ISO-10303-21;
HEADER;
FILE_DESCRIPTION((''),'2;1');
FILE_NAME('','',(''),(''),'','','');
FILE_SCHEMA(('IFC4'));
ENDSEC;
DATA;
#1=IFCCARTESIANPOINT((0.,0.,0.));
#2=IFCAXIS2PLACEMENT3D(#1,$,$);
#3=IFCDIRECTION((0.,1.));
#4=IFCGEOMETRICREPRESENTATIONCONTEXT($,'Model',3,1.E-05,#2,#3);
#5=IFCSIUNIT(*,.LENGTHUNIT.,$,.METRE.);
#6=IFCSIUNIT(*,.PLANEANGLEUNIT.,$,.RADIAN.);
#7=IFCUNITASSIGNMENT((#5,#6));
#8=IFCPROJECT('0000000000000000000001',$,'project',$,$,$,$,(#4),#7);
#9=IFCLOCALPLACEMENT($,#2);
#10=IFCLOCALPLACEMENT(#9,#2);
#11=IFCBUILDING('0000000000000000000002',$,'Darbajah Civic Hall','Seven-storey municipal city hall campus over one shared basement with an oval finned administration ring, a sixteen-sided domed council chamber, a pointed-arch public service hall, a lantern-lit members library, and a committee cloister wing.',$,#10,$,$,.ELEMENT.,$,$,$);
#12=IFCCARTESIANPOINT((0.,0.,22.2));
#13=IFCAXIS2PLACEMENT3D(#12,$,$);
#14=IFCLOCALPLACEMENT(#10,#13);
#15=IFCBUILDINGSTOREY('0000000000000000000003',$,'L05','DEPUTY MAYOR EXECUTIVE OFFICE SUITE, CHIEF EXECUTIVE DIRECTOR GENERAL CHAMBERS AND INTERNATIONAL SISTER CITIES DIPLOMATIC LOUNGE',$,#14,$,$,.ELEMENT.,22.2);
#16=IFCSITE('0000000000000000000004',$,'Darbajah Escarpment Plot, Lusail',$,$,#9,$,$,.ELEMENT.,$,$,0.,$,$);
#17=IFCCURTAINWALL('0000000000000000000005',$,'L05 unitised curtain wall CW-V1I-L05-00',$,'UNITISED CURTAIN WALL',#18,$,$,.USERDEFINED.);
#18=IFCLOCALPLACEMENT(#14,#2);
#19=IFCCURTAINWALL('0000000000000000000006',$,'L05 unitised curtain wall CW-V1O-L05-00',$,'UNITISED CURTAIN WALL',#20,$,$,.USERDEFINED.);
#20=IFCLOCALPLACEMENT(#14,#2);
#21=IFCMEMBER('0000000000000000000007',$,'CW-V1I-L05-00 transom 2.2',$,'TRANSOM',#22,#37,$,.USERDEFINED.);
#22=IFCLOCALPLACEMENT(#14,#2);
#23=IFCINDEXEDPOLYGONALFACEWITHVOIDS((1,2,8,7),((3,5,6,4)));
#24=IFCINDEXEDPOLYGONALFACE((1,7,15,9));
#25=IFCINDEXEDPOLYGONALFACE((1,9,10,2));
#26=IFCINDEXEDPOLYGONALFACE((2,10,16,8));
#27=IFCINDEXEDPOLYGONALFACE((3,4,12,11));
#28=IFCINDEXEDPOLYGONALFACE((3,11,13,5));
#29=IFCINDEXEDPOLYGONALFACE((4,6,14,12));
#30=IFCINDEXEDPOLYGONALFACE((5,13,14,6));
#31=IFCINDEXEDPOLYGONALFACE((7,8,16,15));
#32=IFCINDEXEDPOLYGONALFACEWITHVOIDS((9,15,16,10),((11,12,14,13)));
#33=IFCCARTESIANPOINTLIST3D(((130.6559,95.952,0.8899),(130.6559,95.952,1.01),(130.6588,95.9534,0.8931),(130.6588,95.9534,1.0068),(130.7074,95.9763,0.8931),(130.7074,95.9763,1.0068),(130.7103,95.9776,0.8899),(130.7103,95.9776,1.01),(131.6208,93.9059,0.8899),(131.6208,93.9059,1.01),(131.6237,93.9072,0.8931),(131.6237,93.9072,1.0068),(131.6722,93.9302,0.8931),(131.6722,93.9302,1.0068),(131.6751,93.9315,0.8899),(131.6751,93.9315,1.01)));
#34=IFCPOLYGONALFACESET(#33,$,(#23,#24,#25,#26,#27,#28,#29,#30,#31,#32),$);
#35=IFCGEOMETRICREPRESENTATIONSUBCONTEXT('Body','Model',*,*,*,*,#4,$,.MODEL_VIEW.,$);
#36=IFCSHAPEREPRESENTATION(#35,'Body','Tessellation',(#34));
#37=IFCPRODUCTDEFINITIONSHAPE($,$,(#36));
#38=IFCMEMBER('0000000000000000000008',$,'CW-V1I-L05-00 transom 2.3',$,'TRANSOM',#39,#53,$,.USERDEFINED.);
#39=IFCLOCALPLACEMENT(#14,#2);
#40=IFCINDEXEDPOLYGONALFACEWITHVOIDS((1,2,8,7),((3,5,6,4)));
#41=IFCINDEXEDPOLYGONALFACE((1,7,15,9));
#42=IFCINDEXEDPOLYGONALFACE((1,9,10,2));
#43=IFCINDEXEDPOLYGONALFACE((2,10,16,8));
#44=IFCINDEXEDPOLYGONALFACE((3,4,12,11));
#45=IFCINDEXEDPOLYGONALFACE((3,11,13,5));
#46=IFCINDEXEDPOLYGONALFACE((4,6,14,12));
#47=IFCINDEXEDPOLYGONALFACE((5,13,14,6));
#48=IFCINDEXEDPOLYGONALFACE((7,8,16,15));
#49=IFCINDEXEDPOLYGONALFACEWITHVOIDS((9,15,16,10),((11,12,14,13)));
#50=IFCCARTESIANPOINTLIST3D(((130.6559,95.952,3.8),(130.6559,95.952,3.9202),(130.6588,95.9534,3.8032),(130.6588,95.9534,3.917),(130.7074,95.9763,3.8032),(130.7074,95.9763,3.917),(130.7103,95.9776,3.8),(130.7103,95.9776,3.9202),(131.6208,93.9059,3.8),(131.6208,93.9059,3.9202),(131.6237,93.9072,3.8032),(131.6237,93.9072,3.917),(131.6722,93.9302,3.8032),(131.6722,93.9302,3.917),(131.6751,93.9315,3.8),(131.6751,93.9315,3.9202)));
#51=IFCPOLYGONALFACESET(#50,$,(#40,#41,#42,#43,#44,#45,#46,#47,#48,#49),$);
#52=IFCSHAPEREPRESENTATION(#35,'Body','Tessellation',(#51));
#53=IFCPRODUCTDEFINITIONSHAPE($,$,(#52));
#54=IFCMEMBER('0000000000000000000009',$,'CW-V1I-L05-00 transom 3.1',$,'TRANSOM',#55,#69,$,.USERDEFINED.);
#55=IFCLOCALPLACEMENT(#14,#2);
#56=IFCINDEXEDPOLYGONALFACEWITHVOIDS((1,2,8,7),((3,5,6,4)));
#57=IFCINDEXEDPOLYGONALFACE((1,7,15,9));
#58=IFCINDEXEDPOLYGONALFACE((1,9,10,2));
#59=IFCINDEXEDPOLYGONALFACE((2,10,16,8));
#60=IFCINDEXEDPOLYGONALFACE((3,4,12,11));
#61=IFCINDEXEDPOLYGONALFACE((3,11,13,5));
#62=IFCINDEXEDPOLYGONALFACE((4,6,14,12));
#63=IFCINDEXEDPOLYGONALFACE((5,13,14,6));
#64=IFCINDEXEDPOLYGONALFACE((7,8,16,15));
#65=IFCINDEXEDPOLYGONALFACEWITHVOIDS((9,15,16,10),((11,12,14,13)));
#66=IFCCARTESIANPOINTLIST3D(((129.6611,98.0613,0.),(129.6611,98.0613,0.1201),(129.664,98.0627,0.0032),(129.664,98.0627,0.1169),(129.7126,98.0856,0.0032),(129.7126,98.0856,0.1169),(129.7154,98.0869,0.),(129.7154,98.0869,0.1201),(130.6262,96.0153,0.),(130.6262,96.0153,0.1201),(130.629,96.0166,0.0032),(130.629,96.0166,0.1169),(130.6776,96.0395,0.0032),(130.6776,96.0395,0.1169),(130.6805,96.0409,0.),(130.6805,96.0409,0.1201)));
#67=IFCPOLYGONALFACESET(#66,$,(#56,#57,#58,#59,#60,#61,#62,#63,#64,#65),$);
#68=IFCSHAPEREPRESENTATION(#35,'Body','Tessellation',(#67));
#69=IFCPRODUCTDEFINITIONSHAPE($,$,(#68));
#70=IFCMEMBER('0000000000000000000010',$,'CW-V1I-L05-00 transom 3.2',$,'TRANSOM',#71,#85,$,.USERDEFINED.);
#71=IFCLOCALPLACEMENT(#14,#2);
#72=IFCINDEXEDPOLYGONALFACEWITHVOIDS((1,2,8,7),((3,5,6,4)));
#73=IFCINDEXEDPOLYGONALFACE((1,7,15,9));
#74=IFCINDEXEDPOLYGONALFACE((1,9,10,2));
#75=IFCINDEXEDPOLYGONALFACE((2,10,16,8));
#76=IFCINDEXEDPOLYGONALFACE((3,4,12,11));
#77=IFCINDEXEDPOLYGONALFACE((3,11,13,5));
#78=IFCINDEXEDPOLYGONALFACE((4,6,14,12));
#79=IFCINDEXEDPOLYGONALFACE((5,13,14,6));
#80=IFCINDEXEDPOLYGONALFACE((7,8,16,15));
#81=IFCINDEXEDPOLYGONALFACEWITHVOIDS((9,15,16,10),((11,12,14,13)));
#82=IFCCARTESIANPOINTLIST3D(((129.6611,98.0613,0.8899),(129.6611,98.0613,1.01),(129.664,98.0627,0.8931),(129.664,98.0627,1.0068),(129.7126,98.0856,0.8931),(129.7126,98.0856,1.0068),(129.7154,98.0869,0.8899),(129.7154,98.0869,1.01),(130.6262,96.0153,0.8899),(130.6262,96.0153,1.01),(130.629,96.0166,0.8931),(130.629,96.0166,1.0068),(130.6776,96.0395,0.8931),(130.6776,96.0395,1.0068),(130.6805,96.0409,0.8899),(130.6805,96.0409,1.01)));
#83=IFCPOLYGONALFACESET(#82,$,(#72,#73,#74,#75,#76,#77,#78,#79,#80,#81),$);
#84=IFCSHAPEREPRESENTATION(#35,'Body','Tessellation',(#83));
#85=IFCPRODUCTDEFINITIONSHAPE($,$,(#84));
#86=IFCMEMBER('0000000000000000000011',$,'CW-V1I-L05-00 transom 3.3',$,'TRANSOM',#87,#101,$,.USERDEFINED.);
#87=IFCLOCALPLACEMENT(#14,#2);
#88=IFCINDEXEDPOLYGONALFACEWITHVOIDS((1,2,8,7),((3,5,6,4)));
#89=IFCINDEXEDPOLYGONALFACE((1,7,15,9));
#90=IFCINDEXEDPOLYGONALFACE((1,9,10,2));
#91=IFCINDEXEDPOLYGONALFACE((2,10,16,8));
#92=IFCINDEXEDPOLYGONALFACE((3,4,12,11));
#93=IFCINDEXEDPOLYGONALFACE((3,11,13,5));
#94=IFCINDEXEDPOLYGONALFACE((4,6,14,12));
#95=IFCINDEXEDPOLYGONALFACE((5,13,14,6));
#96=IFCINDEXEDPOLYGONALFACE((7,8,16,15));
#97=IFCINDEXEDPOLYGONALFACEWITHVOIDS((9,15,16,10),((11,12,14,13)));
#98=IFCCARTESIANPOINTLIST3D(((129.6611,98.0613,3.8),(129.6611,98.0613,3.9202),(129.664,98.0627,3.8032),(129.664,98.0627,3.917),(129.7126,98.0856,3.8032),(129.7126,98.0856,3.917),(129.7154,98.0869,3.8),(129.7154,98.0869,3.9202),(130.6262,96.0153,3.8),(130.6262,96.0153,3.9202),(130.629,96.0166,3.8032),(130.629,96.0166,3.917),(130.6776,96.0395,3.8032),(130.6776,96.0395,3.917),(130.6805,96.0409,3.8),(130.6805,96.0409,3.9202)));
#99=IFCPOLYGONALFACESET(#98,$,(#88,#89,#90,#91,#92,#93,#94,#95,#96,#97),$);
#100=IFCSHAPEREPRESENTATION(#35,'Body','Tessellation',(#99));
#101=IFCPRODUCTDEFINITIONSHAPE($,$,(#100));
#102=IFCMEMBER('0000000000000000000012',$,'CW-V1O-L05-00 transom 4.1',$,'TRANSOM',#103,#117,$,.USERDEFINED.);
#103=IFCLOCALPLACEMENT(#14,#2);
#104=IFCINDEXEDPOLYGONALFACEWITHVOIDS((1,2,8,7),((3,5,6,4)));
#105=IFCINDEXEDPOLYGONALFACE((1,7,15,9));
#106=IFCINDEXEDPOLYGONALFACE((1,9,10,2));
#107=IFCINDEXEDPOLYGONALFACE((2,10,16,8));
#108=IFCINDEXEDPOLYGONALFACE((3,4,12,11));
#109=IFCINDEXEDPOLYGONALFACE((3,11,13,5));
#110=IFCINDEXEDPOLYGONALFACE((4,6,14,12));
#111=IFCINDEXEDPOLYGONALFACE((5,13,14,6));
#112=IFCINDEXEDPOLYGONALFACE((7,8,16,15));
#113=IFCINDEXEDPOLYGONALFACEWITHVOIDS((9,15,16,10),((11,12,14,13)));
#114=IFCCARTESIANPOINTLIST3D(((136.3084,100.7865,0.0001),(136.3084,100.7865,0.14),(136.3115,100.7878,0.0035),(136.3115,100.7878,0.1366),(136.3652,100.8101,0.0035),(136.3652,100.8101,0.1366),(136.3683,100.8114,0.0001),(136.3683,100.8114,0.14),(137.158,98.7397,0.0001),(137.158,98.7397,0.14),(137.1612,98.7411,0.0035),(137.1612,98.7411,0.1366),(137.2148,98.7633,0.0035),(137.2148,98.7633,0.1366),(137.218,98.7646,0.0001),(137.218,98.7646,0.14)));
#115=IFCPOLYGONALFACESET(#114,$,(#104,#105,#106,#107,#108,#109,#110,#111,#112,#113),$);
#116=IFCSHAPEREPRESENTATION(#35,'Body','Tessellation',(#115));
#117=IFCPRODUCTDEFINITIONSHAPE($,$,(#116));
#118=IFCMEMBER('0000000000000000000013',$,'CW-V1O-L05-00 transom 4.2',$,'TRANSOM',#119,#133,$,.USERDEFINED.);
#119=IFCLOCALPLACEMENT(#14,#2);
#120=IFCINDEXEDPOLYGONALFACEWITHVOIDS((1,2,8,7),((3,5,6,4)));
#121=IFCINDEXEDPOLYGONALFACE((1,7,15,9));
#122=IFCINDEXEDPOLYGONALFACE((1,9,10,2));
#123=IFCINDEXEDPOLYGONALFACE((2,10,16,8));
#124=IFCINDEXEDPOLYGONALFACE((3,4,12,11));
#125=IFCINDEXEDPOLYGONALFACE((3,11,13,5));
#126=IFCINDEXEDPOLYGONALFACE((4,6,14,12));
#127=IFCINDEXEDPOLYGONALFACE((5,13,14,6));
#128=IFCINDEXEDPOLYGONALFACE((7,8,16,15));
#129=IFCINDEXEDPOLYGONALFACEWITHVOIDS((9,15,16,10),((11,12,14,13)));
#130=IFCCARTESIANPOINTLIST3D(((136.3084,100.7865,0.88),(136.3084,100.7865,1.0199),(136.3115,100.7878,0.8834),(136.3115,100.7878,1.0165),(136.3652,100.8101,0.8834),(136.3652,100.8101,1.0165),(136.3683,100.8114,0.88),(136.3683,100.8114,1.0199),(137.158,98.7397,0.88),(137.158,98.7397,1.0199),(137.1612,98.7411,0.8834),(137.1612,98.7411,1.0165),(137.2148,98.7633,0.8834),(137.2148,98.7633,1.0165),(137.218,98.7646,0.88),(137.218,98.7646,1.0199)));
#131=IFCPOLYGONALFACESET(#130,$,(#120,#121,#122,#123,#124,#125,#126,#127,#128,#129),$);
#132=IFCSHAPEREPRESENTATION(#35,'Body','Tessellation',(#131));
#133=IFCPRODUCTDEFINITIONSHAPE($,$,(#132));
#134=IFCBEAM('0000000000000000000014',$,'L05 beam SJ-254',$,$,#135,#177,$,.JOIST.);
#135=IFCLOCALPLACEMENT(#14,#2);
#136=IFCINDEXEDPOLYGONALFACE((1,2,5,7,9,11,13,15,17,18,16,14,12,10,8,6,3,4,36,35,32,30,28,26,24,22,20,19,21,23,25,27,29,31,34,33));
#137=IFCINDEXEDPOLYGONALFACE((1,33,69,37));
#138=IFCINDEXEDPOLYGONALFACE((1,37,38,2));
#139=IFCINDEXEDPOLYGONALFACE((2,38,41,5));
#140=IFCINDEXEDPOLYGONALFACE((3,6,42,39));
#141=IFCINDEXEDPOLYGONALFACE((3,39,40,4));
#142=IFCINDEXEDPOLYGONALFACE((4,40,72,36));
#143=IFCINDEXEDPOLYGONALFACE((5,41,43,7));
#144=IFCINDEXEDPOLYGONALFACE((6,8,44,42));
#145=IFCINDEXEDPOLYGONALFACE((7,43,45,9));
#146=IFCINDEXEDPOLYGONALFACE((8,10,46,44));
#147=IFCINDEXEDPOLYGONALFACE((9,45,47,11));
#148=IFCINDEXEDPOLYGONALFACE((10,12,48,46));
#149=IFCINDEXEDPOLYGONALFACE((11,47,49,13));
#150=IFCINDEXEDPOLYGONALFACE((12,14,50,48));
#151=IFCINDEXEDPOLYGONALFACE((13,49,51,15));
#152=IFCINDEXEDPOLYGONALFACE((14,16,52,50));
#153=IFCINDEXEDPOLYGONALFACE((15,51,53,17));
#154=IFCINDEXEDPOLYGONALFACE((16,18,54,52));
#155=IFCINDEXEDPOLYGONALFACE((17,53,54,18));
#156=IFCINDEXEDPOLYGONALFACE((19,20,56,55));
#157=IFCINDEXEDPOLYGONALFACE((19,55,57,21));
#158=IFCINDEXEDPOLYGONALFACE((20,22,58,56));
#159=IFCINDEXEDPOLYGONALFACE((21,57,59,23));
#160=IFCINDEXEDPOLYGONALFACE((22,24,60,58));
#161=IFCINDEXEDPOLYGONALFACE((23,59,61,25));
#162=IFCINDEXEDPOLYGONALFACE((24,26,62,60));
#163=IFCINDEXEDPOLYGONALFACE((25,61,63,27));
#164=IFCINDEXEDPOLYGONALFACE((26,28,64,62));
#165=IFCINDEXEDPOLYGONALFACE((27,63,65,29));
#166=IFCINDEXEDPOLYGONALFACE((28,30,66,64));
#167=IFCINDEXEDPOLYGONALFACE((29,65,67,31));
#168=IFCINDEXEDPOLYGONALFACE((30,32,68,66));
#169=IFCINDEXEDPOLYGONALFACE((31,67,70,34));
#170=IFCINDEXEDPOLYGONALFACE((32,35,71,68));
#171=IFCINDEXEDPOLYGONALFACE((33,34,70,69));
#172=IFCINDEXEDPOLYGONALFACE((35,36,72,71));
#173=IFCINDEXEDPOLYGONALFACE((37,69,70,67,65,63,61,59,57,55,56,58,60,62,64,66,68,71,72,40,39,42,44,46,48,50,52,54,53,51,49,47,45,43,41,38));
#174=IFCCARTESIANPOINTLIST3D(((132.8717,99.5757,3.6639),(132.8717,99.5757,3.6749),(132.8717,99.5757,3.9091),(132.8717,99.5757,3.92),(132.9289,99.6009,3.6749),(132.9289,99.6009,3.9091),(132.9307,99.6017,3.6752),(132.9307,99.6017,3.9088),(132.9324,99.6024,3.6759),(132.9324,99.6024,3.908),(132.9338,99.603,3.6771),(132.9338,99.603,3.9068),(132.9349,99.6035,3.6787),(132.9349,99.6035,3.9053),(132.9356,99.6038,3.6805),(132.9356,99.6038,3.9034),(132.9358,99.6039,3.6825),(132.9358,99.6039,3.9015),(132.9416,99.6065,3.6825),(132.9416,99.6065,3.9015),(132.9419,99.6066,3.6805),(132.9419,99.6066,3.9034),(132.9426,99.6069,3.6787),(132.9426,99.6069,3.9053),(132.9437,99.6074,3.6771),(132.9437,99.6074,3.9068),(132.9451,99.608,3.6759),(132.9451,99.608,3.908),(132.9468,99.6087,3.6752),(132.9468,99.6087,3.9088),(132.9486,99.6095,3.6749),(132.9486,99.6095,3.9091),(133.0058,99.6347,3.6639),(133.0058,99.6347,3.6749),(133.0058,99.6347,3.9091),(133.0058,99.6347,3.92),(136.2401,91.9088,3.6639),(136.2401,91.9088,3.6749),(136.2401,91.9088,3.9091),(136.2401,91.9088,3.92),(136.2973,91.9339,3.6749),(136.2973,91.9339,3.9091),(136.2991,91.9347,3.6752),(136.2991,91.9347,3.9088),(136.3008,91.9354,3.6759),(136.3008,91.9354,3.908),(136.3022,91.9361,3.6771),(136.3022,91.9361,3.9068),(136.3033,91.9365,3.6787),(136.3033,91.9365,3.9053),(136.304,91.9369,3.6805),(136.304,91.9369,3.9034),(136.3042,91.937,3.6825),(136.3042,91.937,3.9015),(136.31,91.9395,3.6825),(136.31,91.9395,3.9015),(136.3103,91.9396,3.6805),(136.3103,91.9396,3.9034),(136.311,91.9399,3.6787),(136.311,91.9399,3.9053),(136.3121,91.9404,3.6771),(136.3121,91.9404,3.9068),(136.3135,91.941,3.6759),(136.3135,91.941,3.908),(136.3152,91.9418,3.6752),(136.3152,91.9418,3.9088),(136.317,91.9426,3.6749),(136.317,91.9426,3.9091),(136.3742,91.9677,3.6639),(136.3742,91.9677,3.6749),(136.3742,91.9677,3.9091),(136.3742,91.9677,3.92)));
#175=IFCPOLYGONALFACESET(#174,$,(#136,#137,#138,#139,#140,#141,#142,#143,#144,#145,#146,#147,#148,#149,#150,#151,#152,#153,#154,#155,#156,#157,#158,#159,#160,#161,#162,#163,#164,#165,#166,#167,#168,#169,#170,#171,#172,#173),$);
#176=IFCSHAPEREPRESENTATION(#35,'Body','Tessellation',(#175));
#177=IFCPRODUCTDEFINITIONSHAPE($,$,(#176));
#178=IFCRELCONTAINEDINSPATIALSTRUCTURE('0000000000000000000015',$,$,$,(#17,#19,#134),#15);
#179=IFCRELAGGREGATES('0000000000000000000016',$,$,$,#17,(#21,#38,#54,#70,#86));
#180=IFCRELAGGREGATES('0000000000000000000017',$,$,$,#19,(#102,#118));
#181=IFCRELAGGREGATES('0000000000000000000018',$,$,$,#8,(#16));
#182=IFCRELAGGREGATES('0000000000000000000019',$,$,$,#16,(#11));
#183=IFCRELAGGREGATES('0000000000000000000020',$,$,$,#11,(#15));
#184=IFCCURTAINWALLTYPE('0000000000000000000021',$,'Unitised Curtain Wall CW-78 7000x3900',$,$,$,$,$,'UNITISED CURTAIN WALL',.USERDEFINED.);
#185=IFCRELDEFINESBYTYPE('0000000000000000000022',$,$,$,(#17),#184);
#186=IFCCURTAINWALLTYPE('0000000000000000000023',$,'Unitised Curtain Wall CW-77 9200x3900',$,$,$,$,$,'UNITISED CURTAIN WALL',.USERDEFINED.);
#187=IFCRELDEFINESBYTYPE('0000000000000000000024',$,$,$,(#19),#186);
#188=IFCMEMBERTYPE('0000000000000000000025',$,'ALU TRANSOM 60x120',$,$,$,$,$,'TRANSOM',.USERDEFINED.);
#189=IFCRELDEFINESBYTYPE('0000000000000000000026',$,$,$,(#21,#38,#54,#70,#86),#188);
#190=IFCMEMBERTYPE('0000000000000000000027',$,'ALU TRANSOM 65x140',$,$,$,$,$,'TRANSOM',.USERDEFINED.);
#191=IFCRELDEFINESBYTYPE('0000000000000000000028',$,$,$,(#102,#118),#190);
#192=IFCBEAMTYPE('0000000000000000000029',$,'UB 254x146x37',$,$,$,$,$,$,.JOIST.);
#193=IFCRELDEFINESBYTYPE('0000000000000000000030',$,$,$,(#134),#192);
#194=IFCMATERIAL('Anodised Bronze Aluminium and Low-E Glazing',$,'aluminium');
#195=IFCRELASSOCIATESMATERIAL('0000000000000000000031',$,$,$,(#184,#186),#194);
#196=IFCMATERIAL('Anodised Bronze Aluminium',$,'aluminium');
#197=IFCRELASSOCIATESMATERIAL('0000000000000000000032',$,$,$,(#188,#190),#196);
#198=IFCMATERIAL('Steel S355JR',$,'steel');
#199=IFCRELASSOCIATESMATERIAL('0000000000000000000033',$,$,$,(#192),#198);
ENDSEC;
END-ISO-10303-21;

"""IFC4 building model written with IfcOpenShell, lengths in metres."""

from ifc_helpers import new_model, si_unit, direction, frame, origin, origin_2d, place, context, subcontext, project, spatial, hollow_rectangle, i_section, extrude, material, material_profile, profile_set, type_object, element, aggregate, save


model = new_model("IFC4")

# Units and contexts
model_context = context("Model", 3, precision=1e-05, world=origin(), true_north=direction((0.0, 1.0)))
body_context = subcontext(model_context, "Body", "Model", "MODEL_VIEW")
ifc_project = project(units=[si_unit("LENGTHUNIT", "METRE"), si_unit("PLANEANGLEUNIT", "RADIAN")], contexts=[model_context])

# Site, building, storey
site_placement = place(None, origin())
site = spatial("IfcSite", under=ifc_project, at=site_placement, Name="Darbajah Escarpment Plot, Lusail", CompositionType="ELEMENT", RefElevation=0.0)
building_placement = place(site_placement, origin())
building = spatial("IfcBuilding", under=site, at=building_placement, Name="Darbajah Civic Hall", Description="Seven-storey municipal city hall campus over one shared basement with an oval finned administration ring, a sixteen-sided domed council chamber, a pointed-arch public service hall, a lantern-lit members library, and a committee cloister wing.", CompositionType="ELEMENT")
storey_placement = place(building_placement, frame((0.0, 0.0, 22.2)))
storey = spatial("IfcBuildingStorey", under=building, at=storey_placement, Name="L05", Description="DEPUTY MAYOR EXECUTIVE OFFICE SUITE, CHIEF EXECUTIVE DIRECTOR GENERAL CHAMBERS AND INTERNATIONAL SISTER CITIES DIPLOMATIC LOUNGE", CompositionType="ELEMENT", Elevation=22.2)

# Curtain wall
ifc_material_1 = material(Name="Anodised Bronze Aluminium and Low-E Glazing", Category="aluminium")
curtain_wall_type_1 = type_object("IfcCurtainWallType", Name="Unitised Curtain Wall CW-78 7000x3900", ElementType="UNITISED CURTAIN WALL", PredefinedType="USERDEFINED", material=ifc_material_1)
curtain_wall_1_placement = place(storey_placement, origin())
curtain_wall_1 = element("IfcCurtainWall", 1, at=curtain_wall_1_placement, inside=storey, type_object=curtain_wall_type_1, Name="L05 unitised curtain wall CW-V1I-L05-00", ObjectType="UNITISED CURTAIN WALL", PredefinedType="USERDEFINED")
ifc_material_2 = material(Name="Anodised Bronze Aluminium", Category="aluminium")

# Curtain wall
curtain_wall_type_2 = type_object("IfcCurtainWallType", Name="Unitised Curtain Wall CW-77 9200x3900", ElementType="UNITISED CURTAIN WALL", PredefinedType="USERDEFINED", material=ifc_material_1)
curtain_wall_2_placement = place(storey_placement, origin())
curtain_wall_2 = element("IfcCurtainWall", 2, at=curtain_wall_2_placement, inside=storey, type_object=curtain_wall_type_2, Name="L05 unitised curtain wall CW-V1O-L05-00", ObjectType="UNITISED CURTAIN WALL", PredefinedType="USERDEFINED")

# Members
ifc_material_profile_1 = material_profile(ifc_material_2, hollow_rectangle(XDim=0.0601, YDim=0.1201, WallThickness=0.0032, at=origin_2d()), Name="ALU TRANSOM 60x120")
ifc_profile_set_1 = profile_set([ifc_material_profile_1], Name="Anodised Bronze Aluminium")
member_type_1 = type_object("IfcMemberType", Name="ALU TRANSOM 60x120", ElementType="TRANSOM", PredefinedType="USERDEFINED", material=ifc_profile_set_1)
member_1_placement = place(storey_placement, frame((131.6479, 93.9187, 0.95), z_axis=(-0.426504, 0.904486, 0.0), x_axis=(-0.904486, -0.426504, 0.0)))
member_1 = element("IfcMember", 3, at=member_1_placement, type_object=member_type_1, Name="CW-V1I-L05-00 transom 2.2", ObjectType="TRANSOM", PredefinedType="USERDEFINED", context=body_context, shape_type="SweptSolid", body=[
    extrude(hollow_rectangle(XDim=0.0601, YDim=0.1201, WallThickness=0.0032, at=origin_2d()), origin(), (0.0, 0.0, 1.0), 2.2622),
])
member_2_placement = place(storey_placement, frame((131.6479, 93.9187, 3.8601), z_axis=(-0.426504, 0.904486, 0.0), x_axis=(-0.904486, -0.426504, 0.0)))
member_2 = element("IfcMember", 4, at=member_2_placement, type_object=member_type_1, Name="CW-V1I-L05-00 transom 2.3", ObjectType="TRANSOM", PredefinedType="USERDEFINED", context=body_context, shape_type="SweptSolid", body=[
    extrude(hollow_rectangle(XDim=0.0601, YDim=0.1201, WallThickness=0.0032, at=origin_2d()), origin(), (0.0, 0.0, 1.0), 2.2622),
])
member_3_placement = place(storey_placement, frame((130.6533, 96.0281, 0.0601), z_axis=(-0.426592, 0.904444, 0.0), x_axis=(-0.904444, -0.426592, 0.0)))
member_3 = element("IfcMember", 5, at=member_3_placement, type_object=member_type_1, Name="CW-V1I-L05-00 transom 3.1", ObjectType="TRANSOM", PredefinedType="USERDEFINED", context=body_context, shape_type="SweptSolid", body=[
    extrude(hollow_rectangle(XDim=0.0601, YDim=0.1201, WallThickness=0.0032, at=origin_2d()), origin(), (0.0, 0.0, 1.0), 2.2622),
])
member_4_placement = place(storey_placement, frame((130.6533, 96.0281, 0.95), z_axis=(-0.426592, 0.904444, 0.0), x_axis=(-0.904444, -0.426592, 0.0)))
member_4 = element("IfcMember", 6, at=member_4_placement, type_object=member_type_1, Name="CW-V1I-L05-00 transom 3.2", ObjectType="TRANSOM", PredefinedType="USERDEFINED", context=body_context, shape_type="SweptSolid", body=[
    extrude(hollow_rectangle(XDim=0.0601, YDim=0.1201, WallThickness=0.0032, at=origin_2d()), origin(), (0.0, 0.0, 1.0), 2.2622),
])
member_5_placement = place(storey_placement, frame((130.6533, 96.0281, 3.8601), z_axis=(-0.426592, 0.904444, 0.0), x_axis=(-0.904444, -0.426592, 0.0)))
member_5 = element("IfcMember", 7, at=member_5_placement, type_object=member_type_1, Name="CW-V1I-L05-00 transom 3.3", ObjectType="TRANSOM", PredefinedType="USERDEFINED", context=body_context, shape_type="SweptSolid", body=[
    extrude(hollow_rectangle(XDim=0.0601, YDim=0.1201, WallThickness=0.0032, at=origin_2d()), origin(), (0.0, 0.0, 1.0), 2.2622),
])
ifc_material_profile_2 = material_profile(ifc_material_2, hollow_rectangle(XDim=0.0649, YDim=0.1399, WallThickness=0.0034, at=origin_2d()), Name="ALU TRANSOM 65x140")
ifc_profile_set_2 = profile_set([ifc_material_profile_2], Name="Anodised Bronze Aluminium")
member_type_2 = type_object("IfcMemberType", Name="ALU TRANSOM 65x140", ElementType="TRANSOM", PredefinedType="USERDEFINED", material=ifc_profile_set_2)
member_6_placement = place(storey_placement, frame((137.188, 98.7522, 0.0701), z_axis=(-0.383402, 0.923581, 0.0), x_axis=(-0.923581, -0.383402, 0.0)))
member_6 = element("IfcMember", 8, at=member_6_placement, type_object=member_type_2, Name="CW-V1O-L05-00 transom 4.1", ObjectType="TRANSOM", PredefinedType="USERDEFINED", context=body_context, shape_type="SweptSolid", body=[
    extrude(hollow_rectangle(XDim=0.0649, YDim=0.1399, WallThickness=0.0034, at=origin_2d()), origin(), (0.0, 0.0, 1.0), 2.2161),
])
member_7_placement = place(storey_placement, frame((137.188, 98.7522, 0.95), z_axis=(-0.383402, 0.923581, 0.0), x_axis=(-0.923581, -0.383402, 0.0)))
member_7 = element("IfcMember", 9, at=member_7_placement, type_object=member_type_2, Name="CW-V1O-L05-00 transom 4.2", ObjectType="TRANSOM", PredefinedType="USERDEFINED", context=body_context, shape_type="SweptSolid", body=[
    extrude(hollow_rectangle(XDim=0.0649, YDim=0.1399, WallThickness=0.0034, at=origin_2d()), origin(), (0.0, 0.0, 1.0), 2.2161),
])

# Beam
ifc_material_3 = material(Name="Steel S355JR", Category="steel")
ifc_material_profile_3 = material_profile(ifc_material_3, i_section(OverallWidth=0.1465, OverallDepth=0.2561, WebThickness=0.0063, FlangeThickness=0.011, FilletRadius=0.0076, at=origin_2d()), Name="UB 254x146x37")
ifc_profile_set_3 = profile_set([ifc_material_profile_3], Name="Steel S355JR")
beam_type_1 = type_object("IfcBeamType", Name="UB 254x146x37", PredefinedType="JOIST", material=ifc_profile_set_3)
beam_1_placement = place(storey_placement, frame((136.3071, 91.9382, 3.792), z_axis=(-0.402231, 0.915538, 0.0), x_axis=(-0.915538, -0.402231, 0.0)))
element("IfcBeam", 10, at=beam_1_placement, inside=storey, type_object=beam_type_1, Name="L05 beam SJ-254", PredefinedType="JOIST", context=body_context, shape_type="SweptSolid", body=[
    extrude(i_section(OverallWidth=0.1465, OverallDepth=0.2561, WebThickness=0.0063, FlangeThickness=0.011, FilletRadius=0.0076, at=origin_2d()), origin(), (0.0, 0.0, 1.0), 8.3743),
])

aggregate(curtain_wall_1, [member_1, member_2, member_3, member_4, member_5])
aggregate(curtain_wall_2, [member_6, member_7])

save(model, "model.ifc")
